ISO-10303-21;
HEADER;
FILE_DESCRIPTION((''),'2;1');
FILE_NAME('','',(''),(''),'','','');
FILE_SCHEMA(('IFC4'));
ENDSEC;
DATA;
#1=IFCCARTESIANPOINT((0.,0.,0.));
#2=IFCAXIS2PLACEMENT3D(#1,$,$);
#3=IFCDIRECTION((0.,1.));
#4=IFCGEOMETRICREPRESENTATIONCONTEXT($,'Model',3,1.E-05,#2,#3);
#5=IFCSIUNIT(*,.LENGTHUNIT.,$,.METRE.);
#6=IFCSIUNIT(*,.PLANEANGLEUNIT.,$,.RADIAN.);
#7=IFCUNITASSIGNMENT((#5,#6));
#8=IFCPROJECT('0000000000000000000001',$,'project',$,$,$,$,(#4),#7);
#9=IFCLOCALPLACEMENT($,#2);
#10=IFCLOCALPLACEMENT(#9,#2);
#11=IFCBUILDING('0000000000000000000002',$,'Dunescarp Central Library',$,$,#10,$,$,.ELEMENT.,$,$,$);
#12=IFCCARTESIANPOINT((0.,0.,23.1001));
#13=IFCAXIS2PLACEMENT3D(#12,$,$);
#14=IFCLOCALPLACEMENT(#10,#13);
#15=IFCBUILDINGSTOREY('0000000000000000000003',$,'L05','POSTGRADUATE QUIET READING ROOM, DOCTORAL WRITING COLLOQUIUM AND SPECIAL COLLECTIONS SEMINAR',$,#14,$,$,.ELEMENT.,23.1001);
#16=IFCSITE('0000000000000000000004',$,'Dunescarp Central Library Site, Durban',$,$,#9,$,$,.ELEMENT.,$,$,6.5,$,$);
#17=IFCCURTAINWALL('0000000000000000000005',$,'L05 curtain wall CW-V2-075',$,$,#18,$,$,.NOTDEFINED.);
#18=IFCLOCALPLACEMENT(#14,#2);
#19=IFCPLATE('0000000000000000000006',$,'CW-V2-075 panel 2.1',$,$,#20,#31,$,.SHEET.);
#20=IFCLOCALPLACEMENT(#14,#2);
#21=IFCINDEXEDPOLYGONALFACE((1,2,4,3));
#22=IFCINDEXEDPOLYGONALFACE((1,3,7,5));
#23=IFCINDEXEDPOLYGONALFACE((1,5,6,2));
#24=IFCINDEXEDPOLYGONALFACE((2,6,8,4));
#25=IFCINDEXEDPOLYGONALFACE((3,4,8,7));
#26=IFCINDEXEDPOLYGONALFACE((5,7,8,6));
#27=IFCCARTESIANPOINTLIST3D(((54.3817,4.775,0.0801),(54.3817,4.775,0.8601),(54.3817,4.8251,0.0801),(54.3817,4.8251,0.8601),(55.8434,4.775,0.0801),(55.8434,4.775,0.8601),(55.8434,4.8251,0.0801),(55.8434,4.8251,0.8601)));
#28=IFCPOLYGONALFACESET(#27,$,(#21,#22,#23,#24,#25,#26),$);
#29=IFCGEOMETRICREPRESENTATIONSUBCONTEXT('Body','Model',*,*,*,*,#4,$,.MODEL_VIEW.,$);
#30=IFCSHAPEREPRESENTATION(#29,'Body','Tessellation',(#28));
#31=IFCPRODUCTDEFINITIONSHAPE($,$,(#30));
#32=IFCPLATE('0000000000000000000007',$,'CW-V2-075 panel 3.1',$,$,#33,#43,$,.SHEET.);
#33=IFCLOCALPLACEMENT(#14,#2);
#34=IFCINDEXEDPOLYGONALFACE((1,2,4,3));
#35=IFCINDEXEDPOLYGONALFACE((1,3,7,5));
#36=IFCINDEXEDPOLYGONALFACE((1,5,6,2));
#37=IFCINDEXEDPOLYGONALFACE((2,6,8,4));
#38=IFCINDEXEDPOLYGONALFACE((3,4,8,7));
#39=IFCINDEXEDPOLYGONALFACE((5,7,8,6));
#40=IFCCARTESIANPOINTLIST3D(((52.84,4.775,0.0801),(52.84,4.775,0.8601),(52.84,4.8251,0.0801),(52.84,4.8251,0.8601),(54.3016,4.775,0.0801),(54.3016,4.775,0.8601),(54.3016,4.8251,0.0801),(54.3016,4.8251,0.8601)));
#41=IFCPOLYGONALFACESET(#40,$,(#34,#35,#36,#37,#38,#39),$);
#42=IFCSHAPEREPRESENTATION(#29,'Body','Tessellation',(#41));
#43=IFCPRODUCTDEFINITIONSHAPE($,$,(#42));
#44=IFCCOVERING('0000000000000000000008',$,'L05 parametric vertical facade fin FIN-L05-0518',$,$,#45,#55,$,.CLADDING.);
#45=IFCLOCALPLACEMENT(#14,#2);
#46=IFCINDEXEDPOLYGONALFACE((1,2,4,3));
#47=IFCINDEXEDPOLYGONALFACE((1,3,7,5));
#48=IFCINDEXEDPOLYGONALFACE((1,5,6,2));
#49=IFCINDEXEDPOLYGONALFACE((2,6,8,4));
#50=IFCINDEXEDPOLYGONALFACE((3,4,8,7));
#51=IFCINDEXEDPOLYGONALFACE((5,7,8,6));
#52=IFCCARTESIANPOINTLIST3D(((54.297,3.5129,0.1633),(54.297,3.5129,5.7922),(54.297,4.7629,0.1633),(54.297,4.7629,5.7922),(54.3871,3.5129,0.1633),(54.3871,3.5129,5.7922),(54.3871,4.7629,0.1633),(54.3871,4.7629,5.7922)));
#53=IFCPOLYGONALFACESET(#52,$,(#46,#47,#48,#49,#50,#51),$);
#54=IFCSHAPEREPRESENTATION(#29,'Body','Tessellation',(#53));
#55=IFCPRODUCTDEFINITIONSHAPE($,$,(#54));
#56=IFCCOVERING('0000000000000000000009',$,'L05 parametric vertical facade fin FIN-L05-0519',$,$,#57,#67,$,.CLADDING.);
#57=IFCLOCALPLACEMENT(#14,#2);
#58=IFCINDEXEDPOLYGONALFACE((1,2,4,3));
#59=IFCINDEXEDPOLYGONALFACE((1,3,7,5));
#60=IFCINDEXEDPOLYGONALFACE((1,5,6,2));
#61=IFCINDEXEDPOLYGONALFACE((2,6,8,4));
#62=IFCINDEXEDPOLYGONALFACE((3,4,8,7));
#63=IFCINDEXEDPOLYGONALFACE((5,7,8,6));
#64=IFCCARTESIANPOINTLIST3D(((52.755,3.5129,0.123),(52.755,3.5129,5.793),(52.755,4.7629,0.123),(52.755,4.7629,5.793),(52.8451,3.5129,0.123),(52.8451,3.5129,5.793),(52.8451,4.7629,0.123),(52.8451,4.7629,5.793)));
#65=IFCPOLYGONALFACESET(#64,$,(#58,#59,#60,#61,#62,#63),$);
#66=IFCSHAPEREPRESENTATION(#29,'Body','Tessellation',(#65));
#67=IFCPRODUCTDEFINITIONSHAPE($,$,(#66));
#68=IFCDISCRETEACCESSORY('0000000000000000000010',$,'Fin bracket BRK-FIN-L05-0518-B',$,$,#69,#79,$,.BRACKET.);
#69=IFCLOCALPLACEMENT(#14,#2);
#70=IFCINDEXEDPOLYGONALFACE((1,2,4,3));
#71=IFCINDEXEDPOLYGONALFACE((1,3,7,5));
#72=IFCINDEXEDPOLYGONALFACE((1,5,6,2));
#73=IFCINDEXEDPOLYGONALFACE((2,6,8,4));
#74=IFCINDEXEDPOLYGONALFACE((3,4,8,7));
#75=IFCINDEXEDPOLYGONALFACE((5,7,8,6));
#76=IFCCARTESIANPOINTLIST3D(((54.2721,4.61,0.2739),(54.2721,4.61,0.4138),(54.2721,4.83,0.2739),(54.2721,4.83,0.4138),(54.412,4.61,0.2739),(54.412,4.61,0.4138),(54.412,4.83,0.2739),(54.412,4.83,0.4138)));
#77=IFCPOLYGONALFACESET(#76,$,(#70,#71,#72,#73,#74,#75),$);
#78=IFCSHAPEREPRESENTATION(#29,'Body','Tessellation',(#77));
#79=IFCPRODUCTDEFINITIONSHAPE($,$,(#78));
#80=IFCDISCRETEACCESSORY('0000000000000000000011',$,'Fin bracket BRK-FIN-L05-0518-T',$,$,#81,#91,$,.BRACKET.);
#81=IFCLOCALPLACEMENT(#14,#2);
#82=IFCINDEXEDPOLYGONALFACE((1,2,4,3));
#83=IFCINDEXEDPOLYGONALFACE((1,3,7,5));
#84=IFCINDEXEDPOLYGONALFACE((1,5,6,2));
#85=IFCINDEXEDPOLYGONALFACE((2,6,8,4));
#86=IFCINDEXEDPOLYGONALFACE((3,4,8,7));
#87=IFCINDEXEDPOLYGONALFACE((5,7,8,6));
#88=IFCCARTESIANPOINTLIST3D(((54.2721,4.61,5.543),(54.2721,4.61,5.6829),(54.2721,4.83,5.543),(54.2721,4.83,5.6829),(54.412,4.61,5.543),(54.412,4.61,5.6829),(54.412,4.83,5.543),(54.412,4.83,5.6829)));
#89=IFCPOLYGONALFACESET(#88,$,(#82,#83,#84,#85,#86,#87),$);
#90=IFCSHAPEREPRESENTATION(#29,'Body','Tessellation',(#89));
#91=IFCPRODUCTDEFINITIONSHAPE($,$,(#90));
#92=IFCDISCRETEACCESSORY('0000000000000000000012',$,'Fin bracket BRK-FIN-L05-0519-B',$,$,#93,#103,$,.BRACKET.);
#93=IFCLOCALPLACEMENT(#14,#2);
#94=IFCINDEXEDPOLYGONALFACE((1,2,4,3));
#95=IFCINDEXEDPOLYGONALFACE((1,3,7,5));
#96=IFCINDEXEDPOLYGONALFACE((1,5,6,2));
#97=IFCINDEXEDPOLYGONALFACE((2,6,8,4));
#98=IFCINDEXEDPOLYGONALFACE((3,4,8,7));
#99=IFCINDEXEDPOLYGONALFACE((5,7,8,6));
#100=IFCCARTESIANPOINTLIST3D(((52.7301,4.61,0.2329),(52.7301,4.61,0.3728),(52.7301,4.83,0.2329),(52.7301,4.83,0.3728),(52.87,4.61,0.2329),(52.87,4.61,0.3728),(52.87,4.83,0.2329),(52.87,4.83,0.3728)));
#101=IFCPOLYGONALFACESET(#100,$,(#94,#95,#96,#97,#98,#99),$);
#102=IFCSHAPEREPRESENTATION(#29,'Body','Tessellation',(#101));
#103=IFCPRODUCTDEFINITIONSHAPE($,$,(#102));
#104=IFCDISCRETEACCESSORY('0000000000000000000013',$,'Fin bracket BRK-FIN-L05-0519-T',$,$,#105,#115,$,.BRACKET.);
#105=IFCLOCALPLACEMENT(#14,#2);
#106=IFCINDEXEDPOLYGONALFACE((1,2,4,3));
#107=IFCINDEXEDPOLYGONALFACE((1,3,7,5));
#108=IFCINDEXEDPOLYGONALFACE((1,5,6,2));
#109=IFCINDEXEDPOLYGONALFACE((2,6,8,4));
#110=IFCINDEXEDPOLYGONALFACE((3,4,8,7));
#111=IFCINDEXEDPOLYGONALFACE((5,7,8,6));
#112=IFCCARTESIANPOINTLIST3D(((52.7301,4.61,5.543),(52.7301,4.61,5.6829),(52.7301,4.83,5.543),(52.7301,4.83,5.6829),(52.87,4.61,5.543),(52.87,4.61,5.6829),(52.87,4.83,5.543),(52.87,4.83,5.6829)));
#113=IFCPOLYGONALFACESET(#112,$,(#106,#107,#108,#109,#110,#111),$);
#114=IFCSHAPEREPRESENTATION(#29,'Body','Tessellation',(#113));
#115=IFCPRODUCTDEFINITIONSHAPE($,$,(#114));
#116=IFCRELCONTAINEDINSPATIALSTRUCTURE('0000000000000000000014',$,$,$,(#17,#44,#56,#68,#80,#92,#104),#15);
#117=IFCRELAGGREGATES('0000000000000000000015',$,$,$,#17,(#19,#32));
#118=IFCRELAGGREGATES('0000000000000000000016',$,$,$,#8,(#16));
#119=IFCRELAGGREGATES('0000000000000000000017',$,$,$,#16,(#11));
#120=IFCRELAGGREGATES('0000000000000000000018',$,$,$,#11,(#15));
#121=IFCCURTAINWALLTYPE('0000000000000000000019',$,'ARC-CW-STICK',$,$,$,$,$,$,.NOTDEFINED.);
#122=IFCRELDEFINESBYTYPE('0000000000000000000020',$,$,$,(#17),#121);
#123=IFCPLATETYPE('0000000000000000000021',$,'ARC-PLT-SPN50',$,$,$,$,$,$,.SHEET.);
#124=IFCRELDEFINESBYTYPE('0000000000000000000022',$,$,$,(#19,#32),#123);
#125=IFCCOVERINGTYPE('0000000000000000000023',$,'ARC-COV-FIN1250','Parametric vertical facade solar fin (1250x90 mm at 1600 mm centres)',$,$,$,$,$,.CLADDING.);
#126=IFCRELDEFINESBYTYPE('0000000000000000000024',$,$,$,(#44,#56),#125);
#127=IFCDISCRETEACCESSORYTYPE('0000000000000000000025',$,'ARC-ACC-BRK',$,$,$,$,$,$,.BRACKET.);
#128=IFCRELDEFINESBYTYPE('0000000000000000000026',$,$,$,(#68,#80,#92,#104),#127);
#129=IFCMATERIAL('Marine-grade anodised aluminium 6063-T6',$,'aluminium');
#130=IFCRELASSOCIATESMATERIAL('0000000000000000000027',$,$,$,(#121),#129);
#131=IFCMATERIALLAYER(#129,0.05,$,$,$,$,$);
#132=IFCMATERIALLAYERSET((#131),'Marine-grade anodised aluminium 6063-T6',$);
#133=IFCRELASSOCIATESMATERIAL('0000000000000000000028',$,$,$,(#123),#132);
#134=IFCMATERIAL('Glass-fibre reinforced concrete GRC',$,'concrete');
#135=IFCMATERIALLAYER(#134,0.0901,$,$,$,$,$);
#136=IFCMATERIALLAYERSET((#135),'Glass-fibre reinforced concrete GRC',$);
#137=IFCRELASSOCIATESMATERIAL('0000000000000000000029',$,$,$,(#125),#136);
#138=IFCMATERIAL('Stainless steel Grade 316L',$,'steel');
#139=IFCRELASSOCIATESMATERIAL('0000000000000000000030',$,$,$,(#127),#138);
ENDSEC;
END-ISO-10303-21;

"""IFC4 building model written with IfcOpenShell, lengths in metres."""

from ifc_helpers import new_model, si_unit, direction, frame, origin, origin_2d, place, context, subcontext, project, spatial, rectangle, extrude, material, layer, layer_set, type_object, element, aggregate, save


model = new_model("IFC4")

# Units and contexts
model_context = context("Model", 3, precision=1e-05, world=origin(), true_north=direction((0.0, 1.0)))
body_context = subcontext(model_context, "Body", "Model", "MODEL_VIEW")
ifc_project = project(units=[si_unit("LENGTHUNIT", "METRE"), si_unit("PLANEANGLEUNIT", "RADIAN")], contexts=[model_context])

# Site, building, storey
site_placement = place(None, origin())
site = spatial("IfcSite", under=ifc_project, at=site_placement, Name="Dunescarp Central Library Site, Durban", CompositionType="ELEMENT", RefElevation=6.5)
building_placement = place(site_placement, origin())
building = spatial("IfcBuilding", under=site, at=building_placement, Name="Dunescarp Central Library", CompositionType="ELEMENT")
storey_placement = place(building_placement, frame((0.0, 0.0, 23.1001)))
storey = spatial("IfcBuildingStorey", under=building, at=storey_placement, Name="L05", Description="POSTGRADUATE QUIET READING ROOM, DOCTORAL WRITING COLLOQUIUM AND SPECIAL COLLECTIONS SEMINAR", CompositionType="ELEMENT", Elevation=23.1001)

# Curtain wall, plates
ifc_material_1 = material(Name="Marine-grade anodised aluminium 6063-T6", Category="aluminium")
curtain_wall_type = type_object("IfcCurtainWallType", Name="ARC-CW-STICK", PredefinedType="NOTDEFINED", material=ifc_material_1)
curtain_wall_placement = place(storey_placement, origin())
curtain_wall = element("IfcCurtainWall", 1, at=curtain_wall_placement, inside=storey, type_object=curtain_wall_type, Name="L05 curtain wall CW-V2-075", PredefinedType="NOTDEFINED")
ifc_layer_1 = layer(ifc_material_1, 0.05)
ifc_layer_set_1 = layer_set([ifc_layer_1], Name="Marine-grade anodised aluminium 6063-T6")
plate_type_1 = type_object("IfcPlateType", Name="ARC-PLT-SPN50", PredefinedType="SHEET", material=ifc_layer_set_1)
plate_1_placement = place(storey_placement, frame((55.1125, 4.8, 0.0801), z_axis=(0.0, 0.0, 1.0), x_axis=(-1.0, 0.0, 0.0)))
plate_1 = element("IfcPlate", 2, at=plate_1_placement, type_object=plate_type_1, Name="CW-V2-075 panel 2.1", PredefinedType="SHEET", context=body_context, shape_type="SweptSolid", body=[
    extrude(rectangle(XDim=1.4617, YDim=0.05, at=origin_2d()), origin(), (0.0, 0.0, 1.0), 0.78),
])
plate_2_placement = place(storey_placement, frame((53.5708, 4.8, 0.0801), z_axis=(0.0, 0.0, 1.0), x_axis=(-1.0, 0.0, 0.0)))
plate_2 = element("IfcPlate", 3, at=plate_2_placement, type_object=plate_type_1, Name="CW-V2-075 panel 3.1", PredefinedType="SHEET", context=body_context, shape_type="SweptSolid", body=[
    extrude(rectangle(XDim=1.4617, YDim=0.05, at=origin_2d()), origin(), (0.0, 0.0, 1.0), 0.78),
])
aggregate(curtain_wall, [plate_1, plate_2])

# Coverings
ifc_material_2 = material(Name="Glass-fibre reinforced concrete GRC", Category="concrete")
ifc_layer_2 = layer(ifc_material_2, 0.0901)
ifc_layer_set_2 = layer_set([ifc_layer_2], Name="Glass-fibre reinforced concrete GRC")
covering_type = type_object("IfcCoveringType", Name="ARC-COV-FIN1250", Description="Parametric vertical facade solar fin (1250x90 mm at 1600 mm centres)", PredefinedType="CLADDING", material=ifc_layer_set_2)
covering_1_placement = place(storey_placement, frame((54.342, 4.1379, 0.1633), z_axis=(0.0, 0.0, 1.0), x_axis=(0.0, -1.0, 0.0)))
element("IfcCovering", 4, at=covering_1_placement, inside=storey, type_object=covering_type, Name="L05 parametric vertical facade fin FIN-L05-0518", PredefinedType="CLADDING", context=body_context, shape_type="SweptSolid", body=[
    extrude(rectangle(XDim=1.25, YDim=0.0901, at=origin_2d()), origin(), (0.0, 0.0, 1.0), 5.6289),
])
covering_2_placement = place(storey_placement, frame((52.8, 4.1379, 0.123), z_axis=(0.0, 0.0, 1.0), x_axis=(0.0, -1.0, 0.0)))
element("IfcCovering", 5, at=covering_2_placement, inside=storey, type_object=covering_type, Name="L05 parametric vertical facade fin FIN-L05-0519", PredefinedType="CLADDING", context=body_context, shape_type="SweptSolid", body=[
    extrude(rectangle(XDim=1.25, YDim=0.0901, at=origin_2d()), origin(), (0.0, 0.0, 1.0), 5.6699),
])

# Discrete accessories
ifc_material_3 = material(Name="Stainless steel Grade 316L", Category="steel")
discrete_accessory_type = type_object("IfcDiscreteAccessoryType", Name="ARC-ACC-BRK", PredefinedType="BRACKET", material=ifc_material_3)
for number, where, z_axis, x_axis, name in (
    (6, (54.342, 4.72, 0.2739), (0.0, 0.0, 1.0), (0.0, -1.0, 0.0), "Fin bracket BRK-FIN-L05-0518-B"),
    (7, (54.342, 4.72, 5.543), (0.0, 0.0, 1.0), (0.0, -1.0, 0.0), "Fin bracket BRK-FIN-L05-0518-T"),
    (8, (52.8, 4.72, 0.2329), (0.0, 0.0, 1.0), (0.0, -1.0, 0.0), "Fin bracket BRK-FIN-L05-0519-B"),
    (9, (52.8, 4.72, 5.543), (0.0, 0.0, 1.0), (0.0, -1.0, 0.0), "Fin bracket BRK-FIN-L05-0519-T"),
):
    element("IfcDiscreteAccessory", number, at=place(storey_placement, frame(where, z_axis=z_axis, x_axis=x_axis)), inside=storey, type_object=discrete_accessory_type, Name=name, PredefinedType="BRACKET", context=body_context, shape_type="SweptSolid", body=[
        extrude(rectangle(XDim=0.22, YDim=0.1399, at=origin_2d()), origin(), (0.0, 0.0, 1.0), 0.1399),
    ])

save(model, "model.ifc")
